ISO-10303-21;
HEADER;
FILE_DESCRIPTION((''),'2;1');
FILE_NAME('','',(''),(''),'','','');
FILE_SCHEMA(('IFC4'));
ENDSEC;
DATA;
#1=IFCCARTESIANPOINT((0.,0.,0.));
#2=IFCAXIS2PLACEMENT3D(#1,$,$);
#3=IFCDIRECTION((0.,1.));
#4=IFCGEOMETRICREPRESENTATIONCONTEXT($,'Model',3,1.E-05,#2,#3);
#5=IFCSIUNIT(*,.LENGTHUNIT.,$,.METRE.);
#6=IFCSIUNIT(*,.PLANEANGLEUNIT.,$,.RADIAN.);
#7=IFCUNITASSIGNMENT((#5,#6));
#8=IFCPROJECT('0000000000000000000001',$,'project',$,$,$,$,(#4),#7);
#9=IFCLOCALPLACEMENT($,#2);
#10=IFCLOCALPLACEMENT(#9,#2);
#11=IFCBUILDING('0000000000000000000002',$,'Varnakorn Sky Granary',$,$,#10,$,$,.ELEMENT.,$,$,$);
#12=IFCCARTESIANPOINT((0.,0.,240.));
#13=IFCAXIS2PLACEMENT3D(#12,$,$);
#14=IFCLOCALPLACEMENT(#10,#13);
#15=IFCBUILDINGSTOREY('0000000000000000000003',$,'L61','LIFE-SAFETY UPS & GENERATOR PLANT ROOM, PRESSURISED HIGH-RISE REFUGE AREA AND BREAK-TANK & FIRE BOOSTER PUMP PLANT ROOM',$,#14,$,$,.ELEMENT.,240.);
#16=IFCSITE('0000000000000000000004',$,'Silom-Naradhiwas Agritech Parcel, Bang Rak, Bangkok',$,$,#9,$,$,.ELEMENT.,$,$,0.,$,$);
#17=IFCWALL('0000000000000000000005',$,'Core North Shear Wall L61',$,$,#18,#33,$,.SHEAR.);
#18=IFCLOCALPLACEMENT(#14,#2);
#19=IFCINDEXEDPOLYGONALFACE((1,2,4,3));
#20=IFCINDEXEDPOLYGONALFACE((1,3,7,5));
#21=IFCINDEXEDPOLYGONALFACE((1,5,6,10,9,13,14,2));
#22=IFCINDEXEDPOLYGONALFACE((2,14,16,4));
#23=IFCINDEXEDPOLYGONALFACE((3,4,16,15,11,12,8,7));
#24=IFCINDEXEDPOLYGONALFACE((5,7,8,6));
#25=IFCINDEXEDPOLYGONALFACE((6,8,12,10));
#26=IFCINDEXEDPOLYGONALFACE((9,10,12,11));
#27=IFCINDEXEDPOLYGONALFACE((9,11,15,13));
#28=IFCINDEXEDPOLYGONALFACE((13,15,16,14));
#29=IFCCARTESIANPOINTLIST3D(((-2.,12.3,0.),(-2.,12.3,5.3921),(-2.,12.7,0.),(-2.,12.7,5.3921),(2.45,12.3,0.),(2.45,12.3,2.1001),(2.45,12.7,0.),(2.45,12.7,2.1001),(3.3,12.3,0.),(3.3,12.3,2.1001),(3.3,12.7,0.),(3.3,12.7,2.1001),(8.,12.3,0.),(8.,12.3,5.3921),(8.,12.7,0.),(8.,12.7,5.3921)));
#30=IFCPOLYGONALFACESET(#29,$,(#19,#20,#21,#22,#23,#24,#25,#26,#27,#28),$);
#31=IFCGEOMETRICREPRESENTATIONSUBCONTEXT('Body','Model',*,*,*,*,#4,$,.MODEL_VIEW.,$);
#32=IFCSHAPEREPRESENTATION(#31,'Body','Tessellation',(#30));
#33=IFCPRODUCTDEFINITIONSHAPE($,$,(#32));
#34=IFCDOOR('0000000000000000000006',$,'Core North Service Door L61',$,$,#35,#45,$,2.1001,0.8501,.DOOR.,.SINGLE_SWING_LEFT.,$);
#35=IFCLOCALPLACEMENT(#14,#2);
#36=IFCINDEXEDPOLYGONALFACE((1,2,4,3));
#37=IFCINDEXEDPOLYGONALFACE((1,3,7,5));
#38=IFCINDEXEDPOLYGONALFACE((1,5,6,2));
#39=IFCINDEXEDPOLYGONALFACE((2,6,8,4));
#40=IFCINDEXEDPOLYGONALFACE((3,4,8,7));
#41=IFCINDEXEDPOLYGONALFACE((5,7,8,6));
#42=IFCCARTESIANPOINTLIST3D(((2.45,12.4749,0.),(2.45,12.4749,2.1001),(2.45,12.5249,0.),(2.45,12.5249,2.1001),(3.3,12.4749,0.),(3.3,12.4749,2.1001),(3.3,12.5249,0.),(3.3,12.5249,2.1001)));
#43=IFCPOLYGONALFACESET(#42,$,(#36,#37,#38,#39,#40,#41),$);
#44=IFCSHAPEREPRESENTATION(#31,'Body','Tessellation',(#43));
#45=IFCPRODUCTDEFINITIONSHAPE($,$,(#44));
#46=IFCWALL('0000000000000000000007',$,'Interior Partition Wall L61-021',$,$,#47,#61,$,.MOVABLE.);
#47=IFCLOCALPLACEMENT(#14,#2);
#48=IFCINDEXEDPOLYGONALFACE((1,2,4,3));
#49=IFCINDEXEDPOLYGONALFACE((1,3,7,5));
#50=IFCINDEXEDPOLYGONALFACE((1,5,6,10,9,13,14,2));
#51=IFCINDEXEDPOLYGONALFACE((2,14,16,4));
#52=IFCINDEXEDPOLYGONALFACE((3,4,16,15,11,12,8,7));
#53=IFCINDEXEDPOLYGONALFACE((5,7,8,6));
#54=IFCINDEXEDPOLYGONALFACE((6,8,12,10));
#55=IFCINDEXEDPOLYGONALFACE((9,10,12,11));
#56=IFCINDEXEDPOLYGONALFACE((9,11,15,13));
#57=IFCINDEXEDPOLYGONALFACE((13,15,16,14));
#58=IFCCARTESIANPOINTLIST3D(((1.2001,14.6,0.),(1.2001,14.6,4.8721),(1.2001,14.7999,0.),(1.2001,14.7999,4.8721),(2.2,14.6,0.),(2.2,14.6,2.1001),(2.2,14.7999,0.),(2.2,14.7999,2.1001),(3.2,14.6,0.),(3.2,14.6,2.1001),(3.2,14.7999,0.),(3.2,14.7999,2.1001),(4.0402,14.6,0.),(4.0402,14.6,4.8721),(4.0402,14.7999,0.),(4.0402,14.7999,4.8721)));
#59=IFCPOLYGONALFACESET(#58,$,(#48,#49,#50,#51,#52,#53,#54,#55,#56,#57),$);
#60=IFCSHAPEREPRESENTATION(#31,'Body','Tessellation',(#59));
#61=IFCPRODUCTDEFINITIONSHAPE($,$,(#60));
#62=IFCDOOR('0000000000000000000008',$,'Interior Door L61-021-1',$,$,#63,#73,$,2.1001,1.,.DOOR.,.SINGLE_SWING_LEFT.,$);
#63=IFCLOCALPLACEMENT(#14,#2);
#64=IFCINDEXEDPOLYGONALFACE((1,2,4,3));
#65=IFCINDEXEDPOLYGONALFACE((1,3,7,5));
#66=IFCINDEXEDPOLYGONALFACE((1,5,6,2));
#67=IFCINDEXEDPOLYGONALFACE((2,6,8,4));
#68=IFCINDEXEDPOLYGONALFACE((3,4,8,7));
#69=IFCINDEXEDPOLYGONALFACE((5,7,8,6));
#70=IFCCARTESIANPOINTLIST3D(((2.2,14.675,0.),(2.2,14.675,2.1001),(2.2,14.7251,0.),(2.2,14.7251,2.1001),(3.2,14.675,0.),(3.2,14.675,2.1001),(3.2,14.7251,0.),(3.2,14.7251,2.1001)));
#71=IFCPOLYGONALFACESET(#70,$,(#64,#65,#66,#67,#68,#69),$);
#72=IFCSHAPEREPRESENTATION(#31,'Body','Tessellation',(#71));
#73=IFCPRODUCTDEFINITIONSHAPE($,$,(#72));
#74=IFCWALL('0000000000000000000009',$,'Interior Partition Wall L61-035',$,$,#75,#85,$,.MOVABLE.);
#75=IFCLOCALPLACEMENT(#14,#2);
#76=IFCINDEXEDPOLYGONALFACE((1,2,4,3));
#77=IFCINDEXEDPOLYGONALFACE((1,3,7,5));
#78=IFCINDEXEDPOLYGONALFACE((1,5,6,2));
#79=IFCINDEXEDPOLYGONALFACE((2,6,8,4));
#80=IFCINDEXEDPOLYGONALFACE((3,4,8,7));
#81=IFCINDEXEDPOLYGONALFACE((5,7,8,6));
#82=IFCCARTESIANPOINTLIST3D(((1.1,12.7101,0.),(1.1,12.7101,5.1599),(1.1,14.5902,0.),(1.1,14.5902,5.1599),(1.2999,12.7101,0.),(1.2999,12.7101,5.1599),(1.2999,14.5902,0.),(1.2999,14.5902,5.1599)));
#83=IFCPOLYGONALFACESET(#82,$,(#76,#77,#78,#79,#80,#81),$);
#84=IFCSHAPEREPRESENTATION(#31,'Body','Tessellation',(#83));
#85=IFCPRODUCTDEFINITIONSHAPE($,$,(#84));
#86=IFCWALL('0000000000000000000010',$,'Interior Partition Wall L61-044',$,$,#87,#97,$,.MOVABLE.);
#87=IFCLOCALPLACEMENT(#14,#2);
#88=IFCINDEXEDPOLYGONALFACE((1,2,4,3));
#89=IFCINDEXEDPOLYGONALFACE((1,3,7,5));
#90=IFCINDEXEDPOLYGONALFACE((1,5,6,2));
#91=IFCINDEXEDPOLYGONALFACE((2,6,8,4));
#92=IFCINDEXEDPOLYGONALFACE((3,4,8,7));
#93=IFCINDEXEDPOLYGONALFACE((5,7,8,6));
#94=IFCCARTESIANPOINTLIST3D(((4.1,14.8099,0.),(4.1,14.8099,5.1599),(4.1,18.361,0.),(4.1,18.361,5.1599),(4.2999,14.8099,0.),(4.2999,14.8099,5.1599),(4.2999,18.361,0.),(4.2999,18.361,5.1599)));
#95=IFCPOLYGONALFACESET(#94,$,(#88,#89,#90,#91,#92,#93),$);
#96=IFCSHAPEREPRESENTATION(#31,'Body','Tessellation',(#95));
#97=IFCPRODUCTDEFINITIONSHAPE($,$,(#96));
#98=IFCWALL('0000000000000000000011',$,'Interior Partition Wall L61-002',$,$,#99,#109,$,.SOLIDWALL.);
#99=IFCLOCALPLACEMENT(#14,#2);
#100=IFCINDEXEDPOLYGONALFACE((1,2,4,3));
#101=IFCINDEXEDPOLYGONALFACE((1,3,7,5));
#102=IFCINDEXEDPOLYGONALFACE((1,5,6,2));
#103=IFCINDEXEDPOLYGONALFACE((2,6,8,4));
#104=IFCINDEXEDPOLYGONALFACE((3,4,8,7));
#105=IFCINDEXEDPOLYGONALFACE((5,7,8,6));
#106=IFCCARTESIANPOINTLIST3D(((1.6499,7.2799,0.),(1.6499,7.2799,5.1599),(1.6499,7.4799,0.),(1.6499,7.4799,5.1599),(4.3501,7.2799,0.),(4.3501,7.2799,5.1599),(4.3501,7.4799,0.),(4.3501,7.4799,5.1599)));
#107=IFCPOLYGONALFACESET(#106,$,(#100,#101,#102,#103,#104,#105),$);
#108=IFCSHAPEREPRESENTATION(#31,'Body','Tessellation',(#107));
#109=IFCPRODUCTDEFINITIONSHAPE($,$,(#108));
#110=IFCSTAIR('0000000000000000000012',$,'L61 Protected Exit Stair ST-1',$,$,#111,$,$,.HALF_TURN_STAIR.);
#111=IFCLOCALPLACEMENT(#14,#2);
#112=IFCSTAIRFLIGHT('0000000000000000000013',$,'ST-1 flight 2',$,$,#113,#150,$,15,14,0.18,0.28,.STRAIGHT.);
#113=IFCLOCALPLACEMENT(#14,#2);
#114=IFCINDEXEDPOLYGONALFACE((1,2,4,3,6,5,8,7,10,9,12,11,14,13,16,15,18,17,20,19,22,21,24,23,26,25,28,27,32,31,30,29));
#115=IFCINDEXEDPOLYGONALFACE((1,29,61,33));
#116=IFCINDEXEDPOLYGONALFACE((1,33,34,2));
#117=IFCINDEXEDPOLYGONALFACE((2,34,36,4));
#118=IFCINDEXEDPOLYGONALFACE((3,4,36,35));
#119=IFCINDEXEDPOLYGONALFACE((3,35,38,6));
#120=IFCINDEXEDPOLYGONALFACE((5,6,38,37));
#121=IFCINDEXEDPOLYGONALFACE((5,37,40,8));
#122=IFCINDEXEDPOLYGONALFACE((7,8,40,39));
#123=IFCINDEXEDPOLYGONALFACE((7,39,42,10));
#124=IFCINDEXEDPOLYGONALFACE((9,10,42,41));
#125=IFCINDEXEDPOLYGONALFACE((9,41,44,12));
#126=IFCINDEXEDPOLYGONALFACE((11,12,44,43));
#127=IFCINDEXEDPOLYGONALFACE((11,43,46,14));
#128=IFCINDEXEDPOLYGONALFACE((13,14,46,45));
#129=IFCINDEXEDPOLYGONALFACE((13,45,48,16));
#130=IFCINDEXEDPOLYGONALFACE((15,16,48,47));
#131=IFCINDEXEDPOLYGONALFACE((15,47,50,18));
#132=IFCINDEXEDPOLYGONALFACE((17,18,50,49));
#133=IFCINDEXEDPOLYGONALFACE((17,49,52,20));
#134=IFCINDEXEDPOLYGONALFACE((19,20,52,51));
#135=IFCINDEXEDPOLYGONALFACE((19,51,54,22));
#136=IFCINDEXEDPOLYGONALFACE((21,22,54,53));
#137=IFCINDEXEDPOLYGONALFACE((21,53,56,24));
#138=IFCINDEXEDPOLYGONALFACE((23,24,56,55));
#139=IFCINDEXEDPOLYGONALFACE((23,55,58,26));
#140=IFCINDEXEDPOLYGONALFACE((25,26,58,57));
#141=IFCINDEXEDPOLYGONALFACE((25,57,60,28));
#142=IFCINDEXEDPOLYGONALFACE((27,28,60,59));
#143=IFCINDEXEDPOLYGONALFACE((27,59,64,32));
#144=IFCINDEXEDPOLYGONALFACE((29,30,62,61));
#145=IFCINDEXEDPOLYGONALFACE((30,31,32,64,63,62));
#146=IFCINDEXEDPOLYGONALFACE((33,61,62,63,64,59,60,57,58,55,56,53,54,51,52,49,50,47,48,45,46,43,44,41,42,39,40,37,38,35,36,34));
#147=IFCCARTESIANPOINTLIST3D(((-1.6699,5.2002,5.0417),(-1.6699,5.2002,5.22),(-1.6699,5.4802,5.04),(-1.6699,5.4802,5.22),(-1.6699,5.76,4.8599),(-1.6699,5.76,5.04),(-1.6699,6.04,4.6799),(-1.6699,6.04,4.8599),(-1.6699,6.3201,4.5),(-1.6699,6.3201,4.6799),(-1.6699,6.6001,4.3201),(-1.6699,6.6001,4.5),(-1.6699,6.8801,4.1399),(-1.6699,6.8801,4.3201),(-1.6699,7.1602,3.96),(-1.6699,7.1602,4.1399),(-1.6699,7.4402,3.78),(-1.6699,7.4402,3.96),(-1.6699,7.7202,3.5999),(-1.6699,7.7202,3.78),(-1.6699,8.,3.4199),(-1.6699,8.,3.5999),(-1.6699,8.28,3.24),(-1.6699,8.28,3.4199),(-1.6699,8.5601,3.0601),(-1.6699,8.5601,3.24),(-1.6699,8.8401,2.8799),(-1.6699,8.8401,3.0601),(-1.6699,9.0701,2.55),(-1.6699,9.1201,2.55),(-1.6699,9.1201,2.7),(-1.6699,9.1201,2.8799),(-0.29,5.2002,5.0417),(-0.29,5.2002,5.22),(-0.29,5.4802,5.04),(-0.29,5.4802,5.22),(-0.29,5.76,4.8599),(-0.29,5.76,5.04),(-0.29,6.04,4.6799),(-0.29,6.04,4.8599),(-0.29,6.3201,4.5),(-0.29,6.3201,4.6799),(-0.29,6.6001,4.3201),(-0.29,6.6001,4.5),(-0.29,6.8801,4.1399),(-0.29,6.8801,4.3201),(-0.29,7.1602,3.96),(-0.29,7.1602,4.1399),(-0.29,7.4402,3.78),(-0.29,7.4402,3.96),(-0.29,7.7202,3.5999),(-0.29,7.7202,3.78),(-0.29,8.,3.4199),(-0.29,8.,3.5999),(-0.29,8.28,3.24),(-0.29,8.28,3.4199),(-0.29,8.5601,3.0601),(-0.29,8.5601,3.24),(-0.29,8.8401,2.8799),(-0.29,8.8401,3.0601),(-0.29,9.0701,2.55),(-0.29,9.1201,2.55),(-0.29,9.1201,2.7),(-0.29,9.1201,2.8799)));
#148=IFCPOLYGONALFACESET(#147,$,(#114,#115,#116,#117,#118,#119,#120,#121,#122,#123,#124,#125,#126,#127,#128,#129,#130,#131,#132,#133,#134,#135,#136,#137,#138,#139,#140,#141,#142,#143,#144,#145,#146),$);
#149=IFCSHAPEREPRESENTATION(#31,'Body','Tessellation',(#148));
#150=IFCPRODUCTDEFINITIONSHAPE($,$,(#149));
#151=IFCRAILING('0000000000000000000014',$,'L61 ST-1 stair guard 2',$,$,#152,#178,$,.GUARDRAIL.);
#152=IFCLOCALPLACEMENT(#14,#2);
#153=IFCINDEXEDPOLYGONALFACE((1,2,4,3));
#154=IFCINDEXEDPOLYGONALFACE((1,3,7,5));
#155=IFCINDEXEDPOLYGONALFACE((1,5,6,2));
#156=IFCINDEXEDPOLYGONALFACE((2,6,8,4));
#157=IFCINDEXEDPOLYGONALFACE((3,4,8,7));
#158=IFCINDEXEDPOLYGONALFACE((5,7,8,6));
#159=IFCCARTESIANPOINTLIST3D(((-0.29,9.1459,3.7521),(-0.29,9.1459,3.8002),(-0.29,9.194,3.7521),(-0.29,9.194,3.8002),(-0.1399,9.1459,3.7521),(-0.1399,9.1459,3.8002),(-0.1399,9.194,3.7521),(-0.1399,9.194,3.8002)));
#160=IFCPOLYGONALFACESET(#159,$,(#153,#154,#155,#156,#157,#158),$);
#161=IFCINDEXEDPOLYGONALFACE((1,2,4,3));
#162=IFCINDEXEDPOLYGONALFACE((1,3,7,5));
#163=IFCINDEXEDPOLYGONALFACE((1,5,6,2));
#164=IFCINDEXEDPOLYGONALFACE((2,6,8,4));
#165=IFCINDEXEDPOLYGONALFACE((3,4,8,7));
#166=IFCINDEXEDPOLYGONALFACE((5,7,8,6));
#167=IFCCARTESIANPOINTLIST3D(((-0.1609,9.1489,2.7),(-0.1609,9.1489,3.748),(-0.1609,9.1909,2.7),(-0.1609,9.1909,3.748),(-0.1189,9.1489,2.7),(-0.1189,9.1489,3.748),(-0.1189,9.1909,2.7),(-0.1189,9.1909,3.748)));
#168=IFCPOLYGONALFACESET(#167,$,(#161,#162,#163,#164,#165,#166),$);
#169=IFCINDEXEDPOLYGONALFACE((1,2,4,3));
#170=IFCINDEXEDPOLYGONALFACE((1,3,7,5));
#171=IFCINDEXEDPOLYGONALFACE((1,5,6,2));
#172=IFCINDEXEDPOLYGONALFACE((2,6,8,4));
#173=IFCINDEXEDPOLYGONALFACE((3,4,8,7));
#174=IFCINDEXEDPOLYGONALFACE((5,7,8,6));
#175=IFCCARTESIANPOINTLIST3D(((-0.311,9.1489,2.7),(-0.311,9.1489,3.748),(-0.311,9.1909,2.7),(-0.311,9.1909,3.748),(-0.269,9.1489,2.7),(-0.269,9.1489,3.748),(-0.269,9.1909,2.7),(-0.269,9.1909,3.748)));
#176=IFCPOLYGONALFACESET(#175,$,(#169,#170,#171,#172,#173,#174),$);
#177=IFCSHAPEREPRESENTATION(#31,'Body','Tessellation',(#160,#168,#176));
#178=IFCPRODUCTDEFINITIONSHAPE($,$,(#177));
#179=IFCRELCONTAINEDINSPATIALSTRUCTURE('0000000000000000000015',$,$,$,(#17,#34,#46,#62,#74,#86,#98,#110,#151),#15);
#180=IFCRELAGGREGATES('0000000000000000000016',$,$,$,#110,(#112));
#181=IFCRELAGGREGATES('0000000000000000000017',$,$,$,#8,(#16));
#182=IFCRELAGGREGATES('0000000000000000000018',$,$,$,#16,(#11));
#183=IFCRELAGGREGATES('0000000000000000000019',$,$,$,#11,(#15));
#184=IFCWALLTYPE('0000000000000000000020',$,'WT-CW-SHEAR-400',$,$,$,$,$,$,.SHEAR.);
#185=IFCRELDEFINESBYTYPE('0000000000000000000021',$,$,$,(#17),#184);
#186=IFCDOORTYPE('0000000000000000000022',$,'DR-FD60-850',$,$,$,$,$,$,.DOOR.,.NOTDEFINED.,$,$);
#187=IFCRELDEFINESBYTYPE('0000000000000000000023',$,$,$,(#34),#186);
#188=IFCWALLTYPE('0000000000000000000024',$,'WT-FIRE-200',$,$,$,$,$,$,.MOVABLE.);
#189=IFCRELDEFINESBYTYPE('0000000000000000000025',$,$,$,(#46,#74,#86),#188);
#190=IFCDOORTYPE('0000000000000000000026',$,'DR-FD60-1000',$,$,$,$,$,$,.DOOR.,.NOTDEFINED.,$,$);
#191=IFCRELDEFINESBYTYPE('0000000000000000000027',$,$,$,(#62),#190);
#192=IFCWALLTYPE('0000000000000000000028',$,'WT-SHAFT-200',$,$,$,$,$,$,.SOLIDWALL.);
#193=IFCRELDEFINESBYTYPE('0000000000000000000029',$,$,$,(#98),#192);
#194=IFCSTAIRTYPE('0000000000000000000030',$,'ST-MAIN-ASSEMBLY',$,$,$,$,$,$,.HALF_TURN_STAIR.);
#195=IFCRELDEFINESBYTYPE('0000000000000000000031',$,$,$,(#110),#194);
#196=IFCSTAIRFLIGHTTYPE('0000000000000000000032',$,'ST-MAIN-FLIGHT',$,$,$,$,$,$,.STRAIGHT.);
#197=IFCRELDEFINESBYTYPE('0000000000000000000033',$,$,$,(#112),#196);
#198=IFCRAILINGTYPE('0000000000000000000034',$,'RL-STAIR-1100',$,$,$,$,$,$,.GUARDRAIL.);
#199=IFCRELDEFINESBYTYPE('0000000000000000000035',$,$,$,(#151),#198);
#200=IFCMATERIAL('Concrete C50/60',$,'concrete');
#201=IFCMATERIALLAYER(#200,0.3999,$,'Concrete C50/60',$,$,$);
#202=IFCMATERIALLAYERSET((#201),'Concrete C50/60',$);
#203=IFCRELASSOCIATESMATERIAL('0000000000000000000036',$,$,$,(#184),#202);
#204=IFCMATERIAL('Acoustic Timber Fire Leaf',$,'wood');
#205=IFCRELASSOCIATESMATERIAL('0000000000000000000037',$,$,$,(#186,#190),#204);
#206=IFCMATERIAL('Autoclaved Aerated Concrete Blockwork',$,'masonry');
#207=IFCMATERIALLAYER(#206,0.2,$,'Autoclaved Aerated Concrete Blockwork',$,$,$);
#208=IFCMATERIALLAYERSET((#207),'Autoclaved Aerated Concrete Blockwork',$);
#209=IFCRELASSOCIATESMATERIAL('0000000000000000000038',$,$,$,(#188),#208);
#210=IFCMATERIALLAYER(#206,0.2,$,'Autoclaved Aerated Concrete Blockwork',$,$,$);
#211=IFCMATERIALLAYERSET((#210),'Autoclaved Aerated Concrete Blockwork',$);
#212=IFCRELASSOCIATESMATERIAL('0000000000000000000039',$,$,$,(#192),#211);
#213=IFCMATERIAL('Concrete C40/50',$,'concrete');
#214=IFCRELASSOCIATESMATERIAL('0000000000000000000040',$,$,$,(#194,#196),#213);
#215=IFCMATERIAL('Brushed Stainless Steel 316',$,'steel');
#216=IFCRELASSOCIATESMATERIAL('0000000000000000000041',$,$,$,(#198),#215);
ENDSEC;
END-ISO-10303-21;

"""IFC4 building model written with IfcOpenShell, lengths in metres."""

from ifc_helpers import new_model, si_unit, direction, frame, frame_2d, origin, origin_2d, place, context, subcontext, project, spatial, polyline, rectangle, outline, extrude, material, layer, layer_set, type_object, element, fill, aggregate, save


model = new_model("IFC4")

# Units and contexts
model_context = context("Model", 3, precision=1e-05, world=origin(), true_north=direction((0.0, 1.0)))
body_context = subcontext(model_context, "Body", "Model", "MODEL_VIEW")
ifc_project = project(units=[si_unit("LENGTHUNIT", "METRE"), si_unit("PLANEANGLEUNIT", "RADIAN")], contexts=[model_context])

# Site, building, storey
site_placement = place(None, origin())
site = spatial("IfcSite", under=ifc_project, at=site_placement, Name="Silom-Naradhiwas Agritech Parcel, Bang Rak, Bangkok", CompositionType="ELEMENT", RefElevation=0.0)
building_placement = place(site_placement, origin())
building = spatial("IfcBuilding", under=site, at=building_placement, Name="Varnakorn Sky Granary", CompositionType="ELEMENT")
storey_placement = place(building_placement, frame((0.0, 0.0, 240.0)))
storey = spatial("IfcBuildingStorey", under=building, at=storey_placement, Name="L61", Description="LIFE-SAFETY UPS & GENERATOR PLANT ROOM, PRESSURISED HIGH-RISE REFUGE AREA AND BREAK-TANK & FIRE BOOSTER PUMP PLANT ROOM", CompositionType="ELEMENT", Elevation=240.0)

# Shared definitions
ifc_material_1 = material(Name="Concrete C50/60", Category="concrete")

# Walls, openings, doors
ifc_layer_1 = layer(ifc_material_1, 0.3999, Name="Concrete C50/60")
ifc_layer_set_1 = layer_set([ifc_layer_1], Name="Concrete C50/60")
wall_type_1 = type_object("IfcWallType", Name="WT-CW-SHEAR-400", PredefinedType="SHEAR", material=ifc_layer_set_1)
wall_1_placement = place(storey_placement, frame((-2.0, 12.5, 0.0), z_axis=(0.0, 0.0, 1.0), x_axis=(1.0, 0.0, 0.0)))
wall_1 = element("IfcWall", 1, at=wall_1_placement, inside=storey, type_object=wall_type_1, Name="Core North Shear Wall L61", PredefinedType="SHEAR", context=body_context, shape_type="SweptSolid", body=[
    extrude(rectangle(XDim=10.0, YDim=0.3999, at=frame_2d((5.0, 0.0))), origin(), (0.0, 0.0, 1.0), 5.3921),
])
opening_1_placement = place(wall_1_placement, frame((4.45, 0.0, 0.0)))
opening_1 = element("IfcOpeningElement", 2, at=opening_1_placement, cuts=wall_1, PredefinedType="OPENING", context=body_context, shape_type="SweptSolid", body=[
    extrude(rectangle(XDim=0.8501, YDim=2.1001, at=frame_2d((0.425, 1.05))), frame((0.0, 0.21, 0.0), z_axis=(0.0, -1.0, 0.0), x_axis=(1.0, 0.0, 0.0)), (0.0, 0.0, 1.0), 0.4199),
])
ifc_material_2 = material(Name="Acoustic Timber Fire Leaf", Category="wood")
door_type_1 = type_object("IfcDoorType", Name="DR-FD60-850", OperationType="NOTDEFINED", PredefinedType="DOOR", material=ifc_material_2)
door_1_placement = place(opening_1_placement, origin())
door_1 = element("IfcDoor", 3, at=door_1_placement, inside=storey, type_object=door_type_1, Name="Core North Service Door L61", OperationType="SINGLE_SWING_LEFT", OverallHeight=2.1001, OverallWidth=0.8501, PredefinedType="DOOR", context=body_context, shape_type="SweptSolid", body=[
    extrude(rectangle(XDim=0.8501, YDim=2.1001, at=frame_2d((0.425, 1.05))), frame((0.0, 0.0249, 0.0), z_axis=(0.0, -1.0, 0.0), x_axis=(1.0, 0.0, 0.0)), (0.0, 0.0, 1.0), 0.05),
])
fill(opening_1, door_1)
ifc_material_3 = material(Name="Autoclaved Aerated Concrete Blockwork", Category="masonry")
ifc_layer_2 = layer(ifc_material_3, 0.2, Name="Autoclaved Aerated Concrete Blockwork")
ifc_layer_set_2 = layer_set([ifc_layer_2], Name="Autoclaved Aerated Concrete Blockwork")
wall_type_2 = type_object("IfcWallType", Name="WT-FIRE-200", PredefinedType="MOVABLE", material=ifc_layer_set_2)
wall_2_placement = place(storey_placement, frame((4.04, 14.7, 0.0), z_axis=(0.0, 0.0, 1.0), x_axis=(-1.0, 0.0, 0.0)))
wall_2 = element("IfcWall", 4, at=wall_2_placement, inside=storey, type_object=wall_type_2, Name="Interior Partition Wall L61-021", PredefinedType="MOVABLE", context=body_context, shape_type="SweptSolid", body=[
    extrude(rectangle(XDim=2.8401, YDim=0.2, at=frame_2d((1.4199, 0.0))), origin(), (0.0, 0.0, 1.0), 4.8721),
])
opening_2_placement = place(wall_2_placement, frame((0.8401, 0.0, 0.0)))
opening_2 = element("IfcOpeningElement", 5, at=opening_2_placement, cuts=wall_2, PredefinedType="OPENING", context=body_context, shape_type="SweptSolid", body=[
    extrude(rectangle(XDim=1.0, YDim=2.1001, at=frame_2d((0.5, 1.05))), frame((0.0, 0.1099, 0.0), z_axis=(0.0, -1.0, 0.0), x_axis=(1.0, 0.0, 0.0)), (0.0, 0.0, 1.0), 0.22),
])
door_type_2 = type_object("IfcDoorType", Name="DR-FD60-1000", OperationType="NOTDEFINED", PredefinedType="DOOR", material=ifc_material_2)
door_2_placement = place(opening_2_placement, origin())
door_2 = element("IfcDoor", 6, at=door_2_placement, inside=storey, type_object=door_type_2, Name="Interior Door L61-021-1", OperationType="SINGLE_SWING_LEFT", OverallHeight=2.1001, OverallWidth=1.0, PredefinedType="DOOR", context=body_context, shape_type="SweptSolid", body=[
    extrude(rectangle(XDim=1.0, YDim=2.1001, at=frame_2d((0.5, 1.05))), frame((0.0, 0.0249, 0.0), z_axis=(0.0, -1.0, 0.0), x_axis=(1.0, 0.0, 0.0)), (0.0, 0.0, 1.0), 0.05),
])
fill(opening_2, door_2)

# Walls
wall_3_placement = place(storey_placement, frame((1.2, 14.5901, 0.0), z_axis=(0.0, 0.0, 1.0), x_axis=(0.0, -1.0, 0.0)))
element("IfcWall", 7, at=wall_3_placement, inside=storey, type_object=wall_type_2, Name="Interior Partition Wall L61-035", PredefinedType="MOVABLE", context=body_context, shape_type="SweptSolid", body=[
    extrude(rectangle(XDim=1.8801, YDim=0.2, at=frame_2d((0.9399, 0.0))), origin(), (0.0, 0.0, 1.0), 5.1599),
])
wall_4_placement = place(storey_placement, frame((4.2, 14.8101, 0.0), z_axis=(0.0, 0.0, 1.0), x_axis=(0.0, 1.0, 0.0)))
element("IfcWall", 8, at=wall_4_placement, inside=storey, type_object=wall_type_2, Name="Interior Partition Wall L61-044", PredefinedType="MOVABLE", context=body_context, shape_type="SweptSolid", body=[
    extrude(rectangle(XDim=3.551, YDim=0.2, at=frame_2d((1.7754, 0.0))), origin(), (0.0, 0.0, 1.0), 5.1599),
])
ifc_layer_3 = layer(ifc_material_3, 0.2, Name="Autoclaved Aerated Concrete Blockwork")
ifc_layer_set_3 = layer_set([ifc_layer_3], Name="Autoclaved Aerated Concrete Blockwork")
wall_type_3 = type_object("IfcWallType", Name="WT-SHAFT-200", PredefinedType="SOLIDWALL", material=ifc_layer_set_3)
wall_5_placement = place(storey_placement, frame((1.6499, 7.3799, 0.0), z_axis=(0.0, 0.0, 1.0), x_axis=(1.0, 0.0, 0.0)))
element("IfcWall", 9, at=wall_5_placement, inside=storey, type_object=wall_type_3, Name="Interior Partition Wall L61-002", PredefinedType="SOLIDWALL", context=body_context, shape_type="SweptSolid", body=[
    extrude(rectangle(XDim=2.7002, YDim=0.2, at=frame_2d((1.3501, 0.0))), origin(), (0.0, 0.0, 1.0), 5.1599),
])

# Stair, stair flight
ifc_material_4 = material(Name="Concrete C40/50", Category="concrete")
stair_type = type_object("IfcStairType", Name="ST-MAIN-ASSEMBLY", PredefinedType="HALF_TURN_STAIR", material=ifc_material_4)
stair_placement = place(storey_placement, origin())
stair = element("IfcStair", 10, at=stair_placement, inside=storey, type_object=stair_type, Name="L61 Protected Exit Stair ST-1", PredefinedType="HALF_TURN_STAIR")
stair_flight_type = type_object("IfcStairFlightType", Name="ST-MAIN-FLIGHT", PredefinedType="STRAIGHT", material=ifc_material_4)
stair_flight_placement = place(storey_placement, frame((-0.98, 9.1201, 2.7), z_axis=(0.0, 0.0, 1.0), x_axis=(0.0, -1.0, 0.0)))
stair_flight = element("IfcStairFlight", 11, at=stair_flight_placement, type_object=stair_flight_type, Name="ST-1 flight 2", NumberOfRisers=15, NumberOfTreads=14, PredefinedType="STRAIGHT", RiserHeight=0.18, TreadLength=0.28, context=body_context, shape_type="SweptSolid", body=[
    extrude(outline(polyline([(0.0, -0.1499), (0.0, 0.0), (0.0, 0.1799), (0.28, 0.1799), (0.28, 0.3601), (0.5601, 0.3601), (0.5601, 0.54), (0.8401, 0.54), (0.8401, 0.72), (1.1201, 0.72), (1.1201, 0.8999), (1.3999, 0.8999), (1.3999, 1.0801), (1.6799, 1.0801), (1.6799, 1.26), (1.96, 1.26), (1.96, 1.4399), (2.24, 1.4399), (2.24, 1.6201), (2.52, 1.6201), (2.52, 1.8), (2.8, 1.8), (2.8, 1.98), (3.0801, 1.98), (3.0801, 2.1599), (3.3601, 2.1599), (3.3601, 2.3401), (3.6399, 2.3401), (3.6399, 2.52), (3.9199, 2.52), (3.9199, 2.7), (3.9199, 2.3418), (0.05, -0.1499), (0.0, -0.1499)])), frame((0.0, 0.6899, 0.0), z_axis=(0.0, -1.0, 0.0), x_axis=(1.0, 0.0, 0.0)), (0.0, 0.0, 1.0), 1.3799),
])
aggregate(stair, [stair_flight])

# Railing
ifc_material_5 = material(Name="Brushed Stainless Steel 316", Category="steel")
railing_type_1 = type_object("IfcRailingType", Name="RL-STAIR-1100", PredefinedType="GUARDRAIL", material=ifc_material_5)
railing_1_placement = place(storey_placement, frame((-0.1399, 9.1699, 2.7)))
element("IfcRailing", 12, at=railing_1_placement, inside=storey, type_object=railing_type_1, Name="L61 ST-1 stair guard 2", PredefinedType="GUARDRAIL", context=body_context, shape_type="SweptSolid", body=[
    extrude(rectangle(XDim=0.0481, YDim=0.0481, at=origin_2d()), frame((0.0, 0.0, 1.0762), z_axis=(-1.0, 0.0, 0.0), x_axis=(0.0, -1.0, 0.0)), (0.0, 0.0, 1.0), 0.1501),
    extrude(rectangle(XDim=0.042, YDim=0.042, at=origin_2d()), origin(), (0.0, 0.0, 1.0), 1.0481),
    extrude(rectangle(XDim=0.042, YDim=0.042, at=origin_2d()), frame((-0.1501, 0.0, 0.0)), (0.0, 0.0, 1.0), 1.0481),
])

save(model, "model.ifc")
